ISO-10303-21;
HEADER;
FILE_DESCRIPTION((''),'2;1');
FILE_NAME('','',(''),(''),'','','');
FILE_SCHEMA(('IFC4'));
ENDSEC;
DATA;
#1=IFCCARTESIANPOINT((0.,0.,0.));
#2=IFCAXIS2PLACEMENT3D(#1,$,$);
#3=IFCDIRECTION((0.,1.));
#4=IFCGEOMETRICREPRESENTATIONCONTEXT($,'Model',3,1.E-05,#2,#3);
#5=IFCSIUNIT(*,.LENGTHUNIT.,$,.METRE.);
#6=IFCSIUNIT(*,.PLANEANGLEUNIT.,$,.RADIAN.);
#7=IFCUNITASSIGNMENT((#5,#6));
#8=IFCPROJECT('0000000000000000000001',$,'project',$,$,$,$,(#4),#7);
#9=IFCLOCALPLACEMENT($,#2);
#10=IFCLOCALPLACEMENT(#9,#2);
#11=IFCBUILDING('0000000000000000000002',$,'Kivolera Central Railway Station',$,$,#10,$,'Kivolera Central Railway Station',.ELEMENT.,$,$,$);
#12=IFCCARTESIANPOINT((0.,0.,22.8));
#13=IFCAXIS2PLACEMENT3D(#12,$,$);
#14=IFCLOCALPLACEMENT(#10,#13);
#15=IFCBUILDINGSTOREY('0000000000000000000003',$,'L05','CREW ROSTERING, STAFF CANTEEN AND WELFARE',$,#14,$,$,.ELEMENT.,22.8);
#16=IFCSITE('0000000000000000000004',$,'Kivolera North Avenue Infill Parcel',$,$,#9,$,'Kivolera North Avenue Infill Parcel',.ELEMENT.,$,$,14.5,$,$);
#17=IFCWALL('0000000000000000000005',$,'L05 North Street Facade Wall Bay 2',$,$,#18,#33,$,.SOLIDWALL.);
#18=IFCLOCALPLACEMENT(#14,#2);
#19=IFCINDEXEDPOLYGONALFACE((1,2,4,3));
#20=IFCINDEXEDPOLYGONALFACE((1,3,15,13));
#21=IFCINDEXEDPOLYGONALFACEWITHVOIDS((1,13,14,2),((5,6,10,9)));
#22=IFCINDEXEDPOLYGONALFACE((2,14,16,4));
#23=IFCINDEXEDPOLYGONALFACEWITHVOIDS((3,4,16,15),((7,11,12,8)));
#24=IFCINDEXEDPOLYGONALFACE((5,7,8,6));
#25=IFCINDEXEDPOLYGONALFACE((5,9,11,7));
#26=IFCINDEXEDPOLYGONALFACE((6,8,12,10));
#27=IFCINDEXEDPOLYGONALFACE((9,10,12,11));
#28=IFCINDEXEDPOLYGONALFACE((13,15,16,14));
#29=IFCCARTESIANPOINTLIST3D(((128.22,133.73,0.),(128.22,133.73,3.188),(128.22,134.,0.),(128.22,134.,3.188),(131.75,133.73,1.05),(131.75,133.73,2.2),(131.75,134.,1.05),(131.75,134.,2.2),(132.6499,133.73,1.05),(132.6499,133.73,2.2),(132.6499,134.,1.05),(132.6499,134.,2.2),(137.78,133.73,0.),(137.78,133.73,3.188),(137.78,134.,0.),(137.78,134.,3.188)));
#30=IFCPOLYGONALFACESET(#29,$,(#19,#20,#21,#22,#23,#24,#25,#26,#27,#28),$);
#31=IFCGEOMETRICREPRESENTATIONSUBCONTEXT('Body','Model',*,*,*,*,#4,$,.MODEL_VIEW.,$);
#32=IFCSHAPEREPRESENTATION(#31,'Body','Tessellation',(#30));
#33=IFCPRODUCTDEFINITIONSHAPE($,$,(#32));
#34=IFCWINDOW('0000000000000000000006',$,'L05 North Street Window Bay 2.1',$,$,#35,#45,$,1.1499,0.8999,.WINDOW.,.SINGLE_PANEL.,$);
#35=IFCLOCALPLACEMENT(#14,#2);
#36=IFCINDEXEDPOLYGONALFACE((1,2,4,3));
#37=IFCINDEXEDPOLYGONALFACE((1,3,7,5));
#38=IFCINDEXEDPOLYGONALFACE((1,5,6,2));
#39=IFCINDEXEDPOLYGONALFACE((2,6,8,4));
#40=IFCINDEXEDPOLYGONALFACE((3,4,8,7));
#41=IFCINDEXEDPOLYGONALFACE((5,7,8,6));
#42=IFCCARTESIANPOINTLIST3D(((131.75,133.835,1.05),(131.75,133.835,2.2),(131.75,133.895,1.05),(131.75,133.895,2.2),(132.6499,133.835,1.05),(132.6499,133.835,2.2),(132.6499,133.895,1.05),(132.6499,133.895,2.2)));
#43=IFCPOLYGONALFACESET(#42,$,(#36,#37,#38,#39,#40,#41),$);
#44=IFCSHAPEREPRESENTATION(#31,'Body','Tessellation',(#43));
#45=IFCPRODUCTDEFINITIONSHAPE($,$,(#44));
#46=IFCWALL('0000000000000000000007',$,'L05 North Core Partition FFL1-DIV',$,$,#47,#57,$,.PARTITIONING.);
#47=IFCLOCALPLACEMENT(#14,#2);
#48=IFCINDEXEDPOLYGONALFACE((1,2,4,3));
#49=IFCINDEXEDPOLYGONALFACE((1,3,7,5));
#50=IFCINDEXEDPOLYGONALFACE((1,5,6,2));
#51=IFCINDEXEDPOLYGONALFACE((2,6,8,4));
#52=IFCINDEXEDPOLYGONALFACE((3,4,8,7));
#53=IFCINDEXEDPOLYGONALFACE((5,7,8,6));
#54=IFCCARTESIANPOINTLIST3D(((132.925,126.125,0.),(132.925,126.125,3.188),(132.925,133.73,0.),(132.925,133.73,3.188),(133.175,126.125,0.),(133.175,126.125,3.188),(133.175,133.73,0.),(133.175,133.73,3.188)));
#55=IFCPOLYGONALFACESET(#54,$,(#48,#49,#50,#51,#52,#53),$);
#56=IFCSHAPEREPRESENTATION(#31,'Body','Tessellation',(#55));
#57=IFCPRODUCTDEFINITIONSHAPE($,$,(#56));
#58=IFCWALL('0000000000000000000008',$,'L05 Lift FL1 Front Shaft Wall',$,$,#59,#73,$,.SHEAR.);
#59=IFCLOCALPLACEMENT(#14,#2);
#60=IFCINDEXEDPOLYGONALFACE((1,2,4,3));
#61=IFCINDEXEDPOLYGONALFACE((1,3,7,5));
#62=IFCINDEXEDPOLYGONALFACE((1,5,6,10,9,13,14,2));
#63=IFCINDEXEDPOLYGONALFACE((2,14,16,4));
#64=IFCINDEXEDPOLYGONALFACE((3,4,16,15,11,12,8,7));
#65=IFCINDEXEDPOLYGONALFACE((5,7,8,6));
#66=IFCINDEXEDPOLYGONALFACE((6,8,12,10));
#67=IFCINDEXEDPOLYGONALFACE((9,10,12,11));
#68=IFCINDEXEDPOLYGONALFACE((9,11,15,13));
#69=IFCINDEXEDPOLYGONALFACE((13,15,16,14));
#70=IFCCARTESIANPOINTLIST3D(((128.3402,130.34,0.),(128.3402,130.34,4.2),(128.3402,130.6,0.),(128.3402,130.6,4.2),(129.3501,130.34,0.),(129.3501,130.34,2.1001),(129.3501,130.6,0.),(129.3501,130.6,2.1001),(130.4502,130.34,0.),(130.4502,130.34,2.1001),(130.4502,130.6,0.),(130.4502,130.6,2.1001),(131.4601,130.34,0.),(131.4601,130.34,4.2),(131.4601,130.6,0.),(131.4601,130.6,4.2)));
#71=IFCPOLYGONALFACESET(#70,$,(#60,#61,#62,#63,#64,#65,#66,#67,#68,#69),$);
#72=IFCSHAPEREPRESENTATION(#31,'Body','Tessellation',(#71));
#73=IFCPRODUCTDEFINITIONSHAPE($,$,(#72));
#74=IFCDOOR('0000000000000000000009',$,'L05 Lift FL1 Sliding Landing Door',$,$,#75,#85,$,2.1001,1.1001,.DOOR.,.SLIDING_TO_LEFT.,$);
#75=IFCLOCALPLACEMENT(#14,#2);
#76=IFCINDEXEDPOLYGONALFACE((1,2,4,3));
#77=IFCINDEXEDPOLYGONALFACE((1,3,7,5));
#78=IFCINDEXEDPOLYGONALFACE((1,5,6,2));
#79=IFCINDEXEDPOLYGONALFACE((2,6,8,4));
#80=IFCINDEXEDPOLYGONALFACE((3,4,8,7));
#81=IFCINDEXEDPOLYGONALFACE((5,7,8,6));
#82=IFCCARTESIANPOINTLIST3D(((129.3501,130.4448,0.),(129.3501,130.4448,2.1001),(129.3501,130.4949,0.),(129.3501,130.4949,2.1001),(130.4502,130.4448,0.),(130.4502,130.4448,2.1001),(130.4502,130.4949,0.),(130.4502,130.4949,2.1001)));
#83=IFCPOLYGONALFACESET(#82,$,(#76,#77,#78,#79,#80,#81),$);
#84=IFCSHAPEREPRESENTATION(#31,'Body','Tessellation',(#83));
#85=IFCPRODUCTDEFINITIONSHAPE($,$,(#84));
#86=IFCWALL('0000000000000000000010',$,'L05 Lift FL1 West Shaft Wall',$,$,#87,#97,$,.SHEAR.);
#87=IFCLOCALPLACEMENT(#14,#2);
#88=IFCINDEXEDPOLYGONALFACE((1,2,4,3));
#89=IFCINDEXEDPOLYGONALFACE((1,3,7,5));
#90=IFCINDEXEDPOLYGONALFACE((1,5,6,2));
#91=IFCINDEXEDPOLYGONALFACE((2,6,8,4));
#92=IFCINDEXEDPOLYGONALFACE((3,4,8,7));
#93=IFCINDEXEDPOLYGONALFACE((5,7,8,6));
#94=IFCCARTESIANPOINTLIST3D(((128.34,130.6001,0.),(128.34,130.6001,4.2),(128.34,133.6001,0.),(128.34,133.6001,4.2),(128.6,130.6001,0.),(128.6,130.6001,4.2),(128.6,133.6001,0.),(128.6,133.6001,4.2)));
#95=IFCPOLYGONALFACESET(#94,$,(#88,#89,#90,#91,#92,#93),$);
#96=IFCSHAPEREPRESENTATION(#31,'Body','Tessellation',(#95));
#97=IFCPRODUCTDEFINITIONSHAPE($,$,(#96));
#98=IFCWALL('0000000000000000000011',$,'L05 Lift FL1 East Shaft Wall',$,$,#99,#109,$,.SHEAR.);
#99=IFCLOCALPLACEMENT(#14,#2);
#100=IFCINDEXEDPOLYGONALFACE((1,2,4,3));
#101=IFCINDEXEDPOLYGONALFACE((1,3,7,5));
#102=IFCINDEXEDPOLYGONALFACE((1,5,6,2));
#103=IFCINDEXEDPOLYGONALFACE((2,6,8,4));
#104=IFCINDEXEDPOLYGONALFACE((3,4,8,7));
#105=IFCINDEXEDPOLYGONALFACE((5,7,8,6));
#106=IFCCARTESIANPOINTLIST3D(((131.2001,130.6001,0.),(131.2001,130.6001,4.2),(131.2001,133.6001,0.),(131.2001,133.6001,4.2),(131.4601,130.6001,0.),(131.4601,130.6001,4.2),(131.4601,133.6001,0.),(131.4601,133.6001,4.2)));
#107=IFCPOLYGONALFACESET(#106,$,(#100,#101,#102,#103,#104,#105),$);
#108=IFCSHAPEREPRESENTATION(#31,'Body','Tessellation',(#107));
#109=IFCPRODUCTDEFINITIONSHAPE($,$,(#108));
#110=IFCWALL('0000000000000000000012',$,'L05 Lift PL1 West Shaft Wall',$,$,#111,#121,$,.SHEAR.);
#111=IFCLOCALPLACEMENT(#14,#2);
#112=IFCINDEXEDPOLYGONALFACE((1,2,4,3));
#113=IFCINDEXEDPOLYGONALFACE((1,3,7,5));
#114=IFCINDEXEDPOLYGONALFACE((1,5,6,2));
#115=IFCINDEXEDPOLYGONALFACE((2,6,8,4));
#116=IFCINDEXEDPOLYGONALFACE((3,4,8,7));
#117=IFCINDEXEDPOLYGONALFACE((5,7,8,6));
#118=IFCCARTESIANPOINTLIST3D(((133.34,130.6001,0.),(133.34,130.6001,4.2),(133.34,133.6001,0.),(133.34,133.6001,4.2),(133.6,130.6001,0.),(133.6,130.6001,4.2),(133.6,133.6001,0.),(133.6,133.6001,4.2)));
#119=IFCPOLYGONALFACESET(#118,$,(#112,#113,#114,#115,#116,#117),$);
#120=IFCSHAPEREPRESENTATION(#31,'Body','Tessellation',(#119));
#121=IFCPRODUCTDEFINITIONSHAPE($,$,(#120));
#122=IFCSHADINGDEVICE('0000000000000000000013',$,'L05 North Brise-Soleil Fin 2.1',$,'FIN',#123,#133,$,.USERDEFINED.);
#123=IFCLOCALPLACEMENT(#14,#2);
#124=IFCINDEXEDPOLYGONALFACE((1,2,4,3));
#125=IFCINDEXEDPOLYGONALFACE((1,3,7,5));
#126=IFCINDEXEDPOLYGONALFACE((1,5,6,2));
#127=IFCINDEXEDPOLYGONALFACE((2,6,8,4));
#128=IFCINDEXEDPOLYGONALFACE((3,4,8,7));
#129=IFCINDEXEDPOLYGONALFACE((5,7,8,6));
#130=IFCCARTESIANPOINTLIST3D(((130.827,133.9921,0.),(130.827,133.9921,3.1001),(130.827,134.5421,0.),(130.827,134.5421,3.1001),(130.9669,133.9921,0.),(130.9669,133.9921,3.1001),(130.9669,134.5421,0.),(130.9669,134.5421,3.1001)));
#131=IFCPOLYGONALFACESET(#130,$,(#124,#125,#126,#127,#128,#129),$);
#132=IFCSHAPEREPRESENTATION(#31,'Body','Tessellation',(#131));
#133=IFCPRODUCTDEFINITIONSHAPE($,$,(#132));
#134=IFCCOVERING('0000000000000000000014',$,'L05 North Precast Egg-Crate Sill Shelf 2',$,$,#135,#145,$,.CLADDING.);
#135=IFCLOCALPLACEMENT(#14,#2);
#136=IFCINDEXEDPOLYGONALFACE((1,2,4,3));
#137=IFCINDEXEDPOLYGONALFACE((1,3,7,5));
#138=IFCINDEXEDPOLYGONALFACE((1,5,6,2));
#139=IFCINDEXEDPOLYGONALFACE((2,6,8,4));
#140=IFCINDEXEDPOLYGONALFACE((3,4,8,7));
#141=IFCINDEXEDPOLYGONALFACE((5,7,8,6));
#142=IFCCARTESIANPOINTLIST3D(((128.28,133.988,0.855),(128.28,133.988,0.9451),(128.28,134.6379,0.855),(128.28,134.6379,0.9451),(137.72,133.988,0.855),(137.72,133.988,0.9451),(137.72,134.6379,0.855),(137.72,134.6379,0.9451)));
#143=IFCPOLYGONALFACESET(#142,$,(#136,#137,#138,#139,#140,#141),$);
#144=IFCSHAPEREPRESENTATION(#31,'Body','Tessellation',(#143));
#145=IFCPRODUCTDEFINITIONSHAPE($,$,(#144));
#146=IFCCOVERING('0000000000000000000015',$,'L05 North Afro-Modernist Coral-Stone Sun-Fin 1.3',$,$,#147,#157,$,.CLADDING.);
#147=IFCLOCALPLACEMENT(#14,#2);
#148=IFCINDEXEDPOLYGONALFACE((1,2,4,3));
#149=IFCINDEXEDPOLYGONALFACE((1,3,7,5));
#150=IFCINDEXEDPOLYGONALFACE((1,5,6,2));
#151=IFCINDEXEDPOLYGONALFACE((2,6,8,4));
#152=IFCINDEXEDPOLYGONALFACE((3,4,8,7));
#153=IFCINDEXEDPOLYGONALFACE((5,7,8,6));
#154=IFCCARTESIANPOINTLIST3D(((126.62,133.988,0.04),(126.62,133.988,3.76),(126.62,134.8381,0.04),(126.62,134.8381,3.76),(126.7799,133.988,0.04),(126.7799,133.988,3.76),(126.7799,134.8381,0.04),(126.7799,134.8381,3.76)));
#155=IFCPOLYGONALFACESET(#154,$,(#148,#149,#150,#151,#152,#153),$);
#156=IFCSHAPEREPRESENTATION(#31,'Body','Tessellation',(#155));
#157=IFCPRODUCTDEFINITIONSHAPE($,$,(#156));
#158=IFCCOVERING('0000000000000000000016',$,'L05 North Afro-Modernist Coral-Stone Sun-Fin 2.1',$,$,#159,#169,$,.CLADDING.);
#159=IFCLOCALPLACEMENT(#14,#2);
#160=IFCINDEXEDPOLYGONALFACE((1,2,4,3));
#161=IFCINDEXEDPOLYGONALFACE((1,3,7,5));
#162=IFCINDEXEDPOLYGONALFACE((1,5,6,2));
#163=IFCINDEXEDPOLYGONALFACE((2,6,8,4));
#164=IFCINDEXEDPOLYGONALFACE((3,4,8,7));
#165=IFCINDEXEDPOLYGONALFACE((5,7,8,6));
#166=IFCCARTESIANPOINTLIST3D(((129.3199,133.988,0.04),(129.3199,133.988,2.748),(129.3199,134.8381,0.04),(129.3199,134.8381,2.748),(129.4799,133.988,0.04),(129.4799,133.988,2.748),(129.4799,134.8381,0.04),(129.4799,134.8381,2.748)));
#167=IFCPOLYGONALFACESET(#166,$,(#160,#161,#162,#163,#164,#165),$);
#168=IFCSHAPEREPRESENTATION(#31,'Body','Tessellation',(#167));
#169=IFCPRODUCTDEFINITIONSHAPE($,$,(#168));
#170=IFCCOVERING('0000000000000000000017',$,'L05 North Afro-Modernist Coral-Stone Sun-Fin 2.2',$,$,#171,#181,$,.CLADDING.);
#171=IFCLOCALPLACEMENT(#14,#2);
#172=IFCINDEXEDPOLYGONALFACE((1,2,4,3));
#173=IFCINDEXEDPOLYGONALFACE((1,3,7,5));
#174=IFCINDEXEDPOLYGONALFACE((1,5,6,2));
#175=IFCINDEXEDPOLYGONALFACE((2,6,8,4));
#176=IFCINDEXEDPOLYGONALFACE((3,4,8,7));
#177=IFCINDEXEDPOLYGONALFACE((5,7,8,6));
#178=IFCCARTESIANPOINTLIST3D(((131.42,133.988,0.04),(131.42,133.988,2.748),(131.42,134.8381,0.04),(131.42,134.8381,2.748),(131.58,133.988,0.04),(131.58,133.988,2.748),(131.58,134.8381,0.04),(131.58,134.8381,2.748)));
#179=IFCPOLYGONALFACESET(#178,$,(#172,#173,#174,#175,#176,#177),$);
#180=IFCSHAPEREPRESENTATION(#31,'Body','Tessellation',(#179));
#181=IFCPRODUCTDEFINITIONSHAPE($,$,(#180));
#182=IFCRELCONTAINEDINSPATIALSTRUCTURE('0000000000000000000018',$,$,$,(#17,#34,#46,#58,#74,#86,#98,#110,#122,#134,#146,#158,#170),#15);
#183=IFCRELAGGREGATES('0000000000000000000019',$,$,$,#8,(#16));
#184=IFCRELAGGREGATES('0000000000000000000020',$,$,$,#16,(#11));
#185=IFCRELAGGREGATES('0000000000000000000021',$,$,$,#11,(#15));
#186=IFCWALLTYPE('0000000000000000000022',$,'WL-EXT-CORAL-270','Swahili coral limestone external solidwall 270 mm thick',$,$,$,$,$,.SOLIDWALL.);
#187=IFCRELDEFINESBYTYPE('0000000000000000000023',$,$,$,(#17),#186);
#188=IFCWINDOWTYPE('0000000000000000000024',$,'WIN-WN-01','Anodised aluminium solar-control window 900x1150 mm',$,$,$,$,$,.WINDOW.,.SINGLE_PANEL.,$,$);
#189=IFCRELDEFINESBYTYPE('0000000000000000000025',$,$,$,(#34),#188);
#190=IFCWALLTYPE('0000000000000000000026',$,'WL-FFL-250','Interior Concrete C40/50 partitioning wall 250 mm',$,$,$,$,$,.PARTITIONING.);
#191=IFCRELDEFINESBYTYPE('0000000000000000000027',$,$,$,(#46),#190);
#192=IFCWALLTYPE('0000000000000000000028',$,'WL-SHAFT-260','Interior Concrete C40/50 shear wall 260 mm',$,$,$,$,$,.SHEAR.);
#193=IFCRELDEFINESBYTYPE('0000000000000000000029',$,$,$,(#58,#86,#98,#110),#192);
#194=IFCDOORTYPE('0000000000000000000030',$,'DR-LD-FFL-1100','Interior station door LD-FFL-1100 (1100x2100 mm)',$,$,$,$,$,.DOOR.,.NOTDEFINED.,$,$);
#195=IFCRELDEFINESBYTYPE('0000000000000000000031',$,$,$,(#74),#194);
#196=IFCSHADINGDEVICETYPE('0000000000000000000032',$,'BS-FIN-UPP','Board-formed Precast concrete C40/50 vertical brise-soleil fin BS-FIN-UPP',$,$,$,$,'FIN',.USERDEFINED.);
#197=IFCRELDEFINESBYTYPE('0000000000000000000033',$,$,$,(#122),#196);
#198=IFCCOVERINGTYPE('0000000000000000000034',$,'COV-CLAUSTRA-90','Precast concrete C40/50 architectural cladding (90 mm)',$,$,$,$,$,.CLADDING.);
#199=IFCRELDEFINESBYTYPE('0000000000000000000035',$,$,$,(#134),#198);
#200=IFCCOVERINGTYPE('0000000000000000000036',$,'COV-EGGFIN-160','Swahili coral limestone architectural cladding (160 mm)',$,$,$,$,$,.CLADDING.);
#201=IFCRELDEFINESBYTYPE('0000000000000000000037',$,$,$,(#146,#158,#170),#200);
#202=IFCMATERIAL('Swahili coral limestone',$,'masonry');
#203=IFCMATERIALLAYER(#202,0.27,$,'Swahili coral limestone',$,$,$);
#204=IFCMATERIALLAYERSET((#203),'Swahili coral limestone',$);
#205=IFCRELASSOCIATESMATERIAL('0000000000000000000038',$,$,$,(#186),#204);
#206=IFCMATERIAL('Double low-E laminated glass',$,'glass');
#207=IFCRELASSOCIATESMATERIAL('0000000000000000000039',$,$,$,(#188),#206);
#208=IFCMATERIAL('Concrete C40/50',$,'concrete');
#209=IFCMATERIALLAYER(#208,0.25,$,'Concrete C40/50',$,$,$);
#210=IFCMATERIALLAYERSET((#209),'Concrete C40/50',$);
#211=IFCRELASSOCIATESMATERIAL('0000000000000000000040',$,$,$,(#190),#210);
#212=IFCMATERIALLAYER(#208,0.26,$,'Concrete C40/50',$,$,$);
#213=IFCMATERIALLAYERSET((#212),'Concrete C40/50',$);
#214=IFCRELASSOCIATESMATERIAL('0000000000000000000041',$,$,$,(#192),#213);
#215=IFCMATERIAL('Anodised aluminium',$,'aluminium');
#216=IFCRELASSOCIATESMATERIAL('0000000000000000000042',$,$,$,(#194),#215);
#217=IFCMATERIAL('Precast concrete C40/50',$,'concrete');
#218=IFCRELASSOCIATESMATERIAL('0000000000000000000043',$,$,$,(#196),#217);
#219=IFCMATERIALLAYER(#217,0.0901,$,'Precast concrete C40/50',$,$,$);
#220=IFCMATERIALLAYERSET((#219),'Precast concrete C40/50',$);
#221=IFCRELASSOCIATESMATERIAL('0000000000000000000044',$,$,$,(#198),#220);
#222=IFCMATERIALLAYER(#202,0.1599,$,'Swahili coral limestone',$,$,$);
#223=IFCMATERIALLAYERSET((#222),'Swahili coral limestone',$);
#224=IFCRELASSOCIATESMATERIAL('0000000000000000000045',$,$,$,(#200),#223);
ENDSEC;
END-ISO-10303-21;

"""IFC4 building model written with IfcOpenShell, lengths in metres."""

from ifc_helpers import new_model, si_unit, direction, frame, frame_2d, origin, origin_2d, place, context, subcontext, project, spatial, rectangle, extrude, material, layer, layer_set, type_object, element, fill, save


model = new_model("IFC4")

# Units and contexts
model_context = context("Model", 3, precision=1e-05, world=origin(), true_north=direction((0.0, 1.0)))
body_context = subcontext(model_context, "Body", "Model", "MODEL_VIEW")
ifc_project = project(units=[si_unit("LENGTHUNIT", "METRE"), si_unit("PLANEANGLEUNIT", "RADIAN")], contexts=[model_context])

# Site, building, storey
site_placement = place(None, origin())
site = spatial("IfcSite", under=ifc_project, at=site_placement, Name="Kivolera North Avenue Infill Parcel", LongName="Kivolera North Avenue Infill Parcel", CompositionType="ELEMENT", RefElevation=14.5)
building_placement = place(site_placement, origin())
building = spatial("IfcBuilding", under=site, at=building_placement, Name="Kivolera Central Railway Station", LongName="Kivolera Central Railway Station", CompositionType="ELEMENT")
storey_placement = place(building_placement, frame((0.0, 0.0, 22.8)))
storey = spatial("IfcBuildingStorey", under=building, at=storey_placement, Name="L05", Description="CREW ROSTERING, STAFF CANTEEN AND WELFARE", CompositionType="ELEMENT", Elevation=22.8)

# Shared definitions
ifc_material_1 = material(Name="Concrete C40/50", Category="concrete")

# Shared definitions
ifc_material_2 = material(Name="Anodised aluminium", Category="aluminium")

# Wall, opening, window
ifc_material_3 = material(Name="Swahili coral limestone", Category="masonry")
ifc_layer_1 = layer(ifc_material_3, 0.27, Name="Swahili coral limestone")
ifc_layer_set_1 = layer_set([ifc_layer_1], Name="Swahili coral limestone")
wall_type_1 = type_object("IfcWallType", Name="WL-EXT-CORAL-270", Description="Swahili coral limestone external solidwall 270 mm thick", PredefinedType="SOLIDWALL", material=ifc_layer_set_1)
wall_1_placement = place(storey_placement, frame((128.22, 133.865, 0.0), z_axis=(0.0, 0.0, 1.0), x_axis=(1.0, 0.0, 0.0)))
wall_1 = element("IfcWall", 1, at=wall_1_placement, inside=storey, type_object=wall_type_1, Name="L05 North Street Facade Wall Bay 2", PredefinedType="SOLIDWALL", context=body_context, shape_type="SweptSolid", body=[
    extrude(rectangle(XDim=9.5601, YDim=0.27, at=frame_2d((4.78, 0.0))), origin(), (0.0, 0.0, 1.0), 3.188),
])
opening_1_placement = place(wall_1_placement, frame((3.53, 0.0, 1.05)))
opening_1 = element("IfcOpeningElement", 2, at=opening_1_placement, cuts=wall_1, PredefinedType="OPENING", context=body_context, shape_type="SweptSolid", body=[
    extrude(rectangle(XDim=0.8999, YDim=1.1499, at=frame_2d((0.45, 0.575))), frame((0.0, 0.145, 0.0), z_axis=(0.0, -1.0, 0.0), x_axis=(1.0, 0.0, 0.0)), (0.0, 0.0, 1.0), 0.29),
])
ifc_material_4 = material(Name="Double low-E laminated glass", Category="glass")
window_type = type_object("IfcWindowType", Name="WIN-WN-01", Description="Anodised aluminium solar-control window 900x1150 mm", PartitioningType="SINGLE_PANEL", PredefinedType="WINDOW", material=ifc_material_4)
window_placement = place(opening_1_placement, origin())
window = element("IfcWindow", 3, at=window_placement, inside=storey, type_object=window_type, Name="L05 North Street Window Bay 2.1", OverallHeight=1.1499, OverallWidth=0.8999, PartitioningType="SINGLE_PANEL", PredefinedType="WINDOW", context=body_context, shape_type="SweptSolid", body=[
    extrude(rectangle(XDim=0.8999, YDim=1.1499, at=frame_2d((0.45, 0.575))), frame((0.0, 0.03, 0.0), z_axis=(0.0, -1.0, 0.0), x_axis=(1.0, 0.0, 0.0)), (0.0, 0.0, 1.0), 0.0601),
])
fill(opening_1, window)

# Shared definitions
ifc_layer_2 = layer(ifc_material_1, 0.25, Name="Concrete C40/50")
ifc_layer_set_2 = layer_set([ifc_layer_2], Name="Concrete C40/50")
wall_type_2 = type_object("IfcWallType", Name="WL-FFL-250", Description="Interior Concrete C40/50 partitioning wall 250 mm", PredefinedType="PARTITIONING", material=ifc_layer_set_2)

# Wall
wall_2_placement = place(storey_placement, frame((133.05, 126.125, 0.0), z_axis=(0.0, 0.0, 1.0), x_axis=(0.0, 1.0, 0.0)))
element("IfcWall", 4, at=wall_2_placement, inside=storey, type_object=wall_type_2, Name="L05 North Core Partition FFL1-DIV", PredefinedType="PARTITIONING", context=body_context, shape_type="SweptSolid", body=[
    extrude(rectangle(XDim=7.605, YDim=0.25, at=frame_2d((3.8025, 0.0))), origin(), (0.0, 0.0, 1.0), 3.188),
])

# Wall, opening, door
ifc_layer_3 = layer(ifc_material_1, 0.26, Name="Concrete C40/50")
ifc_layer_set_3 = layer_set([ifc_layer_3], Name="Concrete C40/50")
wall_type_3 = type_object("IfcWallType", Name="WL-SHAFT-260", Description="Interior Concrete C40/50 shear wall 260 mm", PredefinedType="SHEAR", material=ifc_layer_set_3)
wall_3_placement = place(storey_placement, frame((128.3401, 130.47, 0.0), z_axis=(0.0, 0.0, 1.0), x_axis=(1.0, 0.0, 0.0)))
wall_3 = element("IfcWall", 5, at=wall_3_placement, inside=storey, type_object=wall_type_3, Name="L05 Lift FL1 Front Shaft Wall", PredefinedType="SHEAR", context=body_context, shape_type="SweptSolid", body=[
    extrude(rectangle(XDim=3.1199, YDim=0.26, at=frame_2d((1.5601, 0.0))), origin(), (0.0, 0.0, 1.0), 4.2),
])
opening_2_placement = place(wall_3_placement, frame((1.01, 0.0, 0.0)))
opening_2 = element("IfcOpeningElement", 6, at=opening_2_placement, cuts=wall_3, PredefinedType="OPENING", context=body_context, shape_type="SweptSolid", body=[
    extrude(rectangle(XDim=1.1001, YDim=2.1001, at=frame_2d((0.55, 1.05))), frame((0.0, 0.1399, 0.0), z_axis=(0.0, -1.0, 0.0), x_axis=(1.0, 0.0, 0.0)), (0.0, 0.0, 1.0), 0.28),
])
door_type_1 = type_object("IfcDoorType", Name="DR-LD-FFL-1100", Description="Interior station door LD-FFL-1100 (1100x2100 mm)", OperationType="NOTDEFINED", PredefinedType="DOOR", material=ifc_material_2)
door_1_placement = place(opening_2_placement, origin())
door_1 = element("IfcDoor", 7, at=door_1_placement, inside=storey, type_object=door_type_1, Name="L05 Lift FL1 Sliding Landing Door", OperationType="SLIDING_TO_LEFT", OverallHeight=2.1001, OverallWidth=1.1001, PredefinedType="DOOR", context=body_context, shape_type="SweptSolid", body=[
    extrude(rectangle(XDim=1.1001, YDim=2.1001, at=frame_2d((0.55, 1.05))), frame((0.0, 0.0249, 0.0), z_axis=(0.0, -1.0, 0.0), x_axis=(1.0, 0.0, 0.0)), (0.0, 0.0, 1.0), 0.05),
])
fill(opening_2, door_1)

# Walls
for number, where, z_axis, x_axis, name in (
    (8, (128.47, 130.6001, 0.0), (0.0, 0.0, 1.0), (0.0, 1.0, 0.0), "L05 Lift FL1 West Shaft Wall"),
    (9, (131.3301, 130.6001, 0.0), (0.0, 0.0, 1.0), (0.0, 1.0, 0.0), "L05 Lift FL1 East Shaft Wall"),
):
    element("IfcWall", number, at=place(storey_placement, frame(where, z_axis=z_axis, x_axis=x_axis)), inside=storey, type_object=wall_type_3, Name=name, PredefinedType="SHEAR", context=body_context, shape_type="SweptSolid", body=[
        extrude(rectangle(XDim=3.0, YDim=0.26, at=frame_2d((1.5, 0.0))), origin(), (0.0, 0.0, 1.0), 4.2),
    ])

# Wall
wall_4_placement = place(storey_placement, frame((133.47, 130.6001, 0.0), z_axis=(0.0, 0.0, 1.0), x_axis=(0.0, 1.0, 0.0)))
element("IfcWall", 10, at=wall_4_placement, inside=storey, type_object=wall_type_3, Name="L05 Lift PL1 West Shaft Wall", PredefinedType="SHEAR", context=body_context, shape_type="SweptSolid", body=[
    extrude(rectangle(XDim=3.0, YDim=0.26, at=frame_2d((1.5, 0.0))), origin(), (0.0, 0.0, 1.0), 4.2),
])

# Shading device
ifc_material_5 = material(Name="Precast concrete C40/50", Category="concrete")
shading_device_type = type_object("IfcShadingDeviceType", Name="BS-FIN-UPP", Description="Board-formed Precast concrete C40/50 vertical brise-soleil fin BS-FIN-UPP", ElementType="FIN", PredefinedType="USERDEFINED", material=ifc_material_5)
shading_device_placement = place(storey_placement, frame((130.897, 134.2671, 0.0), z_axis=(0.0, 0.0, 1.0), x_axis=(1.0, 0.0, 0.0)))
element("IfcShadingDevice", 11, at=shading_device_placement, inside=storey, type_object=shading_device_type, Name="L05 North Brise-Soleil Fin 2.1", ObjectType="FIN", PredefinedType="USERDEFINED", context=body_context, shape_type="SweptSolid", body=[
    extrude(rectangle(XDim=0.1399, YDim=0.55, at=origin_2d()), origin(), (0.0, 0.0, 1.0), 3.1001),
])

# Coverings
ifc_layer_4 = layer(ifc_material_5, 0.0901, Name="Precast concrete C40/50")
ifc_layer_set_4 = layer_set([ifc_layer_4], Name="Precast concrete C40/50")
covering_type_1 = type_object("IfcCoveringType", Name="COV-CLAUSTRA-90", Description="Precast concrete C40/50 architectural cladding (90 mm)", PredefinedType="CLADDING", material=ifc_layer_set_4)
covering_1_placement = place(storey_placement, frame((133.0, 134.313, 0.855), z_axis=(0.0, 0.0, 1.0), x_axis=(1.0, 0.0, 0.0)))
element("IfcCovering", 12, at=covering_1_placement, inside=storey, type_object=covering_type_1, Name="L05 North Precast Egg-Crate Sill Shelf 2", PredefinedType="CLADDING", context=body_context, shape_type="SweptSolid", body=[
    extrude(rectangle(XDim=9.4399, YDim=0.6499, at=origin_2d()), origin(), (0.0, 0.0, 1.0), 0.0901),
])
ifc_layer_5 = layer(ifc_material_3, 0.1599, Name="Swahili coral limestone")
ifc_layer_set_5 = layer_set([ifc_layer_5], Name="Swahili coral limestone")
covering_type_2 = type_object("IfcCoveringType", Name="COV-EGGFIN-160", Description="Swahili coral limestone architectural cladding (160 mm)", PredefinedType="CLADDING", material=ifc_layer_set_5)
covering_2_placement = place(storey_placement, frame((126.7, 134.4131, 0.04), z_axis=(0.0, 0.0, 1.0), x_axis=(1.0, 0.0, 0.0)))
element("IfcCovering", 13, at=covering_2_placement, inside=storey, type_object=covering_type_2, Name="L05 North Afro-Modernist Coral-Stone Sun-Fin 1.3", PredefinedType="CLADDING", context=body_context, shape_type="SweptSolid", body=[
    extrude(rectangle(XDim=0.1599, YDim=0.8501, at=origin_2d()), origin(), (0.0, 0.0, 1.0), 3.72),
])
for number, where, z_axis, x_axis, name in (
    (14, (129.3999, 134.4131, 0.04), (0.0, 0.0, 1.0), (1.0, 0.0, 0.0), "L05 North Afro-Modernist Coral-Stone Sun-Fin 2.1"),
    (15, (131.5, 134.4131, 0.04), (0.0, 0.0, 1.0), (1.0, 0.0, 0.0), "L05 North Afro-Modernist Coral-Stone Sun-Fin 2.2"),
):
    element("IfcCovering", number, at=place(storey_placement, frame(where, z_axis=z_axis, x_axis=x_axis)), inside=storey, type_object=covering_type_2, Name=name, PredefinedType="CLADDING", context=body_context, shape_type="SweptSolid", body=[
        extrude(rectangle(XDim=0.1599, YDim=0.8501, at=origin_2d()), origin(), (0.0, 0.0, 1.0), 2.708),
    ])

save(model, "model.ifc")
